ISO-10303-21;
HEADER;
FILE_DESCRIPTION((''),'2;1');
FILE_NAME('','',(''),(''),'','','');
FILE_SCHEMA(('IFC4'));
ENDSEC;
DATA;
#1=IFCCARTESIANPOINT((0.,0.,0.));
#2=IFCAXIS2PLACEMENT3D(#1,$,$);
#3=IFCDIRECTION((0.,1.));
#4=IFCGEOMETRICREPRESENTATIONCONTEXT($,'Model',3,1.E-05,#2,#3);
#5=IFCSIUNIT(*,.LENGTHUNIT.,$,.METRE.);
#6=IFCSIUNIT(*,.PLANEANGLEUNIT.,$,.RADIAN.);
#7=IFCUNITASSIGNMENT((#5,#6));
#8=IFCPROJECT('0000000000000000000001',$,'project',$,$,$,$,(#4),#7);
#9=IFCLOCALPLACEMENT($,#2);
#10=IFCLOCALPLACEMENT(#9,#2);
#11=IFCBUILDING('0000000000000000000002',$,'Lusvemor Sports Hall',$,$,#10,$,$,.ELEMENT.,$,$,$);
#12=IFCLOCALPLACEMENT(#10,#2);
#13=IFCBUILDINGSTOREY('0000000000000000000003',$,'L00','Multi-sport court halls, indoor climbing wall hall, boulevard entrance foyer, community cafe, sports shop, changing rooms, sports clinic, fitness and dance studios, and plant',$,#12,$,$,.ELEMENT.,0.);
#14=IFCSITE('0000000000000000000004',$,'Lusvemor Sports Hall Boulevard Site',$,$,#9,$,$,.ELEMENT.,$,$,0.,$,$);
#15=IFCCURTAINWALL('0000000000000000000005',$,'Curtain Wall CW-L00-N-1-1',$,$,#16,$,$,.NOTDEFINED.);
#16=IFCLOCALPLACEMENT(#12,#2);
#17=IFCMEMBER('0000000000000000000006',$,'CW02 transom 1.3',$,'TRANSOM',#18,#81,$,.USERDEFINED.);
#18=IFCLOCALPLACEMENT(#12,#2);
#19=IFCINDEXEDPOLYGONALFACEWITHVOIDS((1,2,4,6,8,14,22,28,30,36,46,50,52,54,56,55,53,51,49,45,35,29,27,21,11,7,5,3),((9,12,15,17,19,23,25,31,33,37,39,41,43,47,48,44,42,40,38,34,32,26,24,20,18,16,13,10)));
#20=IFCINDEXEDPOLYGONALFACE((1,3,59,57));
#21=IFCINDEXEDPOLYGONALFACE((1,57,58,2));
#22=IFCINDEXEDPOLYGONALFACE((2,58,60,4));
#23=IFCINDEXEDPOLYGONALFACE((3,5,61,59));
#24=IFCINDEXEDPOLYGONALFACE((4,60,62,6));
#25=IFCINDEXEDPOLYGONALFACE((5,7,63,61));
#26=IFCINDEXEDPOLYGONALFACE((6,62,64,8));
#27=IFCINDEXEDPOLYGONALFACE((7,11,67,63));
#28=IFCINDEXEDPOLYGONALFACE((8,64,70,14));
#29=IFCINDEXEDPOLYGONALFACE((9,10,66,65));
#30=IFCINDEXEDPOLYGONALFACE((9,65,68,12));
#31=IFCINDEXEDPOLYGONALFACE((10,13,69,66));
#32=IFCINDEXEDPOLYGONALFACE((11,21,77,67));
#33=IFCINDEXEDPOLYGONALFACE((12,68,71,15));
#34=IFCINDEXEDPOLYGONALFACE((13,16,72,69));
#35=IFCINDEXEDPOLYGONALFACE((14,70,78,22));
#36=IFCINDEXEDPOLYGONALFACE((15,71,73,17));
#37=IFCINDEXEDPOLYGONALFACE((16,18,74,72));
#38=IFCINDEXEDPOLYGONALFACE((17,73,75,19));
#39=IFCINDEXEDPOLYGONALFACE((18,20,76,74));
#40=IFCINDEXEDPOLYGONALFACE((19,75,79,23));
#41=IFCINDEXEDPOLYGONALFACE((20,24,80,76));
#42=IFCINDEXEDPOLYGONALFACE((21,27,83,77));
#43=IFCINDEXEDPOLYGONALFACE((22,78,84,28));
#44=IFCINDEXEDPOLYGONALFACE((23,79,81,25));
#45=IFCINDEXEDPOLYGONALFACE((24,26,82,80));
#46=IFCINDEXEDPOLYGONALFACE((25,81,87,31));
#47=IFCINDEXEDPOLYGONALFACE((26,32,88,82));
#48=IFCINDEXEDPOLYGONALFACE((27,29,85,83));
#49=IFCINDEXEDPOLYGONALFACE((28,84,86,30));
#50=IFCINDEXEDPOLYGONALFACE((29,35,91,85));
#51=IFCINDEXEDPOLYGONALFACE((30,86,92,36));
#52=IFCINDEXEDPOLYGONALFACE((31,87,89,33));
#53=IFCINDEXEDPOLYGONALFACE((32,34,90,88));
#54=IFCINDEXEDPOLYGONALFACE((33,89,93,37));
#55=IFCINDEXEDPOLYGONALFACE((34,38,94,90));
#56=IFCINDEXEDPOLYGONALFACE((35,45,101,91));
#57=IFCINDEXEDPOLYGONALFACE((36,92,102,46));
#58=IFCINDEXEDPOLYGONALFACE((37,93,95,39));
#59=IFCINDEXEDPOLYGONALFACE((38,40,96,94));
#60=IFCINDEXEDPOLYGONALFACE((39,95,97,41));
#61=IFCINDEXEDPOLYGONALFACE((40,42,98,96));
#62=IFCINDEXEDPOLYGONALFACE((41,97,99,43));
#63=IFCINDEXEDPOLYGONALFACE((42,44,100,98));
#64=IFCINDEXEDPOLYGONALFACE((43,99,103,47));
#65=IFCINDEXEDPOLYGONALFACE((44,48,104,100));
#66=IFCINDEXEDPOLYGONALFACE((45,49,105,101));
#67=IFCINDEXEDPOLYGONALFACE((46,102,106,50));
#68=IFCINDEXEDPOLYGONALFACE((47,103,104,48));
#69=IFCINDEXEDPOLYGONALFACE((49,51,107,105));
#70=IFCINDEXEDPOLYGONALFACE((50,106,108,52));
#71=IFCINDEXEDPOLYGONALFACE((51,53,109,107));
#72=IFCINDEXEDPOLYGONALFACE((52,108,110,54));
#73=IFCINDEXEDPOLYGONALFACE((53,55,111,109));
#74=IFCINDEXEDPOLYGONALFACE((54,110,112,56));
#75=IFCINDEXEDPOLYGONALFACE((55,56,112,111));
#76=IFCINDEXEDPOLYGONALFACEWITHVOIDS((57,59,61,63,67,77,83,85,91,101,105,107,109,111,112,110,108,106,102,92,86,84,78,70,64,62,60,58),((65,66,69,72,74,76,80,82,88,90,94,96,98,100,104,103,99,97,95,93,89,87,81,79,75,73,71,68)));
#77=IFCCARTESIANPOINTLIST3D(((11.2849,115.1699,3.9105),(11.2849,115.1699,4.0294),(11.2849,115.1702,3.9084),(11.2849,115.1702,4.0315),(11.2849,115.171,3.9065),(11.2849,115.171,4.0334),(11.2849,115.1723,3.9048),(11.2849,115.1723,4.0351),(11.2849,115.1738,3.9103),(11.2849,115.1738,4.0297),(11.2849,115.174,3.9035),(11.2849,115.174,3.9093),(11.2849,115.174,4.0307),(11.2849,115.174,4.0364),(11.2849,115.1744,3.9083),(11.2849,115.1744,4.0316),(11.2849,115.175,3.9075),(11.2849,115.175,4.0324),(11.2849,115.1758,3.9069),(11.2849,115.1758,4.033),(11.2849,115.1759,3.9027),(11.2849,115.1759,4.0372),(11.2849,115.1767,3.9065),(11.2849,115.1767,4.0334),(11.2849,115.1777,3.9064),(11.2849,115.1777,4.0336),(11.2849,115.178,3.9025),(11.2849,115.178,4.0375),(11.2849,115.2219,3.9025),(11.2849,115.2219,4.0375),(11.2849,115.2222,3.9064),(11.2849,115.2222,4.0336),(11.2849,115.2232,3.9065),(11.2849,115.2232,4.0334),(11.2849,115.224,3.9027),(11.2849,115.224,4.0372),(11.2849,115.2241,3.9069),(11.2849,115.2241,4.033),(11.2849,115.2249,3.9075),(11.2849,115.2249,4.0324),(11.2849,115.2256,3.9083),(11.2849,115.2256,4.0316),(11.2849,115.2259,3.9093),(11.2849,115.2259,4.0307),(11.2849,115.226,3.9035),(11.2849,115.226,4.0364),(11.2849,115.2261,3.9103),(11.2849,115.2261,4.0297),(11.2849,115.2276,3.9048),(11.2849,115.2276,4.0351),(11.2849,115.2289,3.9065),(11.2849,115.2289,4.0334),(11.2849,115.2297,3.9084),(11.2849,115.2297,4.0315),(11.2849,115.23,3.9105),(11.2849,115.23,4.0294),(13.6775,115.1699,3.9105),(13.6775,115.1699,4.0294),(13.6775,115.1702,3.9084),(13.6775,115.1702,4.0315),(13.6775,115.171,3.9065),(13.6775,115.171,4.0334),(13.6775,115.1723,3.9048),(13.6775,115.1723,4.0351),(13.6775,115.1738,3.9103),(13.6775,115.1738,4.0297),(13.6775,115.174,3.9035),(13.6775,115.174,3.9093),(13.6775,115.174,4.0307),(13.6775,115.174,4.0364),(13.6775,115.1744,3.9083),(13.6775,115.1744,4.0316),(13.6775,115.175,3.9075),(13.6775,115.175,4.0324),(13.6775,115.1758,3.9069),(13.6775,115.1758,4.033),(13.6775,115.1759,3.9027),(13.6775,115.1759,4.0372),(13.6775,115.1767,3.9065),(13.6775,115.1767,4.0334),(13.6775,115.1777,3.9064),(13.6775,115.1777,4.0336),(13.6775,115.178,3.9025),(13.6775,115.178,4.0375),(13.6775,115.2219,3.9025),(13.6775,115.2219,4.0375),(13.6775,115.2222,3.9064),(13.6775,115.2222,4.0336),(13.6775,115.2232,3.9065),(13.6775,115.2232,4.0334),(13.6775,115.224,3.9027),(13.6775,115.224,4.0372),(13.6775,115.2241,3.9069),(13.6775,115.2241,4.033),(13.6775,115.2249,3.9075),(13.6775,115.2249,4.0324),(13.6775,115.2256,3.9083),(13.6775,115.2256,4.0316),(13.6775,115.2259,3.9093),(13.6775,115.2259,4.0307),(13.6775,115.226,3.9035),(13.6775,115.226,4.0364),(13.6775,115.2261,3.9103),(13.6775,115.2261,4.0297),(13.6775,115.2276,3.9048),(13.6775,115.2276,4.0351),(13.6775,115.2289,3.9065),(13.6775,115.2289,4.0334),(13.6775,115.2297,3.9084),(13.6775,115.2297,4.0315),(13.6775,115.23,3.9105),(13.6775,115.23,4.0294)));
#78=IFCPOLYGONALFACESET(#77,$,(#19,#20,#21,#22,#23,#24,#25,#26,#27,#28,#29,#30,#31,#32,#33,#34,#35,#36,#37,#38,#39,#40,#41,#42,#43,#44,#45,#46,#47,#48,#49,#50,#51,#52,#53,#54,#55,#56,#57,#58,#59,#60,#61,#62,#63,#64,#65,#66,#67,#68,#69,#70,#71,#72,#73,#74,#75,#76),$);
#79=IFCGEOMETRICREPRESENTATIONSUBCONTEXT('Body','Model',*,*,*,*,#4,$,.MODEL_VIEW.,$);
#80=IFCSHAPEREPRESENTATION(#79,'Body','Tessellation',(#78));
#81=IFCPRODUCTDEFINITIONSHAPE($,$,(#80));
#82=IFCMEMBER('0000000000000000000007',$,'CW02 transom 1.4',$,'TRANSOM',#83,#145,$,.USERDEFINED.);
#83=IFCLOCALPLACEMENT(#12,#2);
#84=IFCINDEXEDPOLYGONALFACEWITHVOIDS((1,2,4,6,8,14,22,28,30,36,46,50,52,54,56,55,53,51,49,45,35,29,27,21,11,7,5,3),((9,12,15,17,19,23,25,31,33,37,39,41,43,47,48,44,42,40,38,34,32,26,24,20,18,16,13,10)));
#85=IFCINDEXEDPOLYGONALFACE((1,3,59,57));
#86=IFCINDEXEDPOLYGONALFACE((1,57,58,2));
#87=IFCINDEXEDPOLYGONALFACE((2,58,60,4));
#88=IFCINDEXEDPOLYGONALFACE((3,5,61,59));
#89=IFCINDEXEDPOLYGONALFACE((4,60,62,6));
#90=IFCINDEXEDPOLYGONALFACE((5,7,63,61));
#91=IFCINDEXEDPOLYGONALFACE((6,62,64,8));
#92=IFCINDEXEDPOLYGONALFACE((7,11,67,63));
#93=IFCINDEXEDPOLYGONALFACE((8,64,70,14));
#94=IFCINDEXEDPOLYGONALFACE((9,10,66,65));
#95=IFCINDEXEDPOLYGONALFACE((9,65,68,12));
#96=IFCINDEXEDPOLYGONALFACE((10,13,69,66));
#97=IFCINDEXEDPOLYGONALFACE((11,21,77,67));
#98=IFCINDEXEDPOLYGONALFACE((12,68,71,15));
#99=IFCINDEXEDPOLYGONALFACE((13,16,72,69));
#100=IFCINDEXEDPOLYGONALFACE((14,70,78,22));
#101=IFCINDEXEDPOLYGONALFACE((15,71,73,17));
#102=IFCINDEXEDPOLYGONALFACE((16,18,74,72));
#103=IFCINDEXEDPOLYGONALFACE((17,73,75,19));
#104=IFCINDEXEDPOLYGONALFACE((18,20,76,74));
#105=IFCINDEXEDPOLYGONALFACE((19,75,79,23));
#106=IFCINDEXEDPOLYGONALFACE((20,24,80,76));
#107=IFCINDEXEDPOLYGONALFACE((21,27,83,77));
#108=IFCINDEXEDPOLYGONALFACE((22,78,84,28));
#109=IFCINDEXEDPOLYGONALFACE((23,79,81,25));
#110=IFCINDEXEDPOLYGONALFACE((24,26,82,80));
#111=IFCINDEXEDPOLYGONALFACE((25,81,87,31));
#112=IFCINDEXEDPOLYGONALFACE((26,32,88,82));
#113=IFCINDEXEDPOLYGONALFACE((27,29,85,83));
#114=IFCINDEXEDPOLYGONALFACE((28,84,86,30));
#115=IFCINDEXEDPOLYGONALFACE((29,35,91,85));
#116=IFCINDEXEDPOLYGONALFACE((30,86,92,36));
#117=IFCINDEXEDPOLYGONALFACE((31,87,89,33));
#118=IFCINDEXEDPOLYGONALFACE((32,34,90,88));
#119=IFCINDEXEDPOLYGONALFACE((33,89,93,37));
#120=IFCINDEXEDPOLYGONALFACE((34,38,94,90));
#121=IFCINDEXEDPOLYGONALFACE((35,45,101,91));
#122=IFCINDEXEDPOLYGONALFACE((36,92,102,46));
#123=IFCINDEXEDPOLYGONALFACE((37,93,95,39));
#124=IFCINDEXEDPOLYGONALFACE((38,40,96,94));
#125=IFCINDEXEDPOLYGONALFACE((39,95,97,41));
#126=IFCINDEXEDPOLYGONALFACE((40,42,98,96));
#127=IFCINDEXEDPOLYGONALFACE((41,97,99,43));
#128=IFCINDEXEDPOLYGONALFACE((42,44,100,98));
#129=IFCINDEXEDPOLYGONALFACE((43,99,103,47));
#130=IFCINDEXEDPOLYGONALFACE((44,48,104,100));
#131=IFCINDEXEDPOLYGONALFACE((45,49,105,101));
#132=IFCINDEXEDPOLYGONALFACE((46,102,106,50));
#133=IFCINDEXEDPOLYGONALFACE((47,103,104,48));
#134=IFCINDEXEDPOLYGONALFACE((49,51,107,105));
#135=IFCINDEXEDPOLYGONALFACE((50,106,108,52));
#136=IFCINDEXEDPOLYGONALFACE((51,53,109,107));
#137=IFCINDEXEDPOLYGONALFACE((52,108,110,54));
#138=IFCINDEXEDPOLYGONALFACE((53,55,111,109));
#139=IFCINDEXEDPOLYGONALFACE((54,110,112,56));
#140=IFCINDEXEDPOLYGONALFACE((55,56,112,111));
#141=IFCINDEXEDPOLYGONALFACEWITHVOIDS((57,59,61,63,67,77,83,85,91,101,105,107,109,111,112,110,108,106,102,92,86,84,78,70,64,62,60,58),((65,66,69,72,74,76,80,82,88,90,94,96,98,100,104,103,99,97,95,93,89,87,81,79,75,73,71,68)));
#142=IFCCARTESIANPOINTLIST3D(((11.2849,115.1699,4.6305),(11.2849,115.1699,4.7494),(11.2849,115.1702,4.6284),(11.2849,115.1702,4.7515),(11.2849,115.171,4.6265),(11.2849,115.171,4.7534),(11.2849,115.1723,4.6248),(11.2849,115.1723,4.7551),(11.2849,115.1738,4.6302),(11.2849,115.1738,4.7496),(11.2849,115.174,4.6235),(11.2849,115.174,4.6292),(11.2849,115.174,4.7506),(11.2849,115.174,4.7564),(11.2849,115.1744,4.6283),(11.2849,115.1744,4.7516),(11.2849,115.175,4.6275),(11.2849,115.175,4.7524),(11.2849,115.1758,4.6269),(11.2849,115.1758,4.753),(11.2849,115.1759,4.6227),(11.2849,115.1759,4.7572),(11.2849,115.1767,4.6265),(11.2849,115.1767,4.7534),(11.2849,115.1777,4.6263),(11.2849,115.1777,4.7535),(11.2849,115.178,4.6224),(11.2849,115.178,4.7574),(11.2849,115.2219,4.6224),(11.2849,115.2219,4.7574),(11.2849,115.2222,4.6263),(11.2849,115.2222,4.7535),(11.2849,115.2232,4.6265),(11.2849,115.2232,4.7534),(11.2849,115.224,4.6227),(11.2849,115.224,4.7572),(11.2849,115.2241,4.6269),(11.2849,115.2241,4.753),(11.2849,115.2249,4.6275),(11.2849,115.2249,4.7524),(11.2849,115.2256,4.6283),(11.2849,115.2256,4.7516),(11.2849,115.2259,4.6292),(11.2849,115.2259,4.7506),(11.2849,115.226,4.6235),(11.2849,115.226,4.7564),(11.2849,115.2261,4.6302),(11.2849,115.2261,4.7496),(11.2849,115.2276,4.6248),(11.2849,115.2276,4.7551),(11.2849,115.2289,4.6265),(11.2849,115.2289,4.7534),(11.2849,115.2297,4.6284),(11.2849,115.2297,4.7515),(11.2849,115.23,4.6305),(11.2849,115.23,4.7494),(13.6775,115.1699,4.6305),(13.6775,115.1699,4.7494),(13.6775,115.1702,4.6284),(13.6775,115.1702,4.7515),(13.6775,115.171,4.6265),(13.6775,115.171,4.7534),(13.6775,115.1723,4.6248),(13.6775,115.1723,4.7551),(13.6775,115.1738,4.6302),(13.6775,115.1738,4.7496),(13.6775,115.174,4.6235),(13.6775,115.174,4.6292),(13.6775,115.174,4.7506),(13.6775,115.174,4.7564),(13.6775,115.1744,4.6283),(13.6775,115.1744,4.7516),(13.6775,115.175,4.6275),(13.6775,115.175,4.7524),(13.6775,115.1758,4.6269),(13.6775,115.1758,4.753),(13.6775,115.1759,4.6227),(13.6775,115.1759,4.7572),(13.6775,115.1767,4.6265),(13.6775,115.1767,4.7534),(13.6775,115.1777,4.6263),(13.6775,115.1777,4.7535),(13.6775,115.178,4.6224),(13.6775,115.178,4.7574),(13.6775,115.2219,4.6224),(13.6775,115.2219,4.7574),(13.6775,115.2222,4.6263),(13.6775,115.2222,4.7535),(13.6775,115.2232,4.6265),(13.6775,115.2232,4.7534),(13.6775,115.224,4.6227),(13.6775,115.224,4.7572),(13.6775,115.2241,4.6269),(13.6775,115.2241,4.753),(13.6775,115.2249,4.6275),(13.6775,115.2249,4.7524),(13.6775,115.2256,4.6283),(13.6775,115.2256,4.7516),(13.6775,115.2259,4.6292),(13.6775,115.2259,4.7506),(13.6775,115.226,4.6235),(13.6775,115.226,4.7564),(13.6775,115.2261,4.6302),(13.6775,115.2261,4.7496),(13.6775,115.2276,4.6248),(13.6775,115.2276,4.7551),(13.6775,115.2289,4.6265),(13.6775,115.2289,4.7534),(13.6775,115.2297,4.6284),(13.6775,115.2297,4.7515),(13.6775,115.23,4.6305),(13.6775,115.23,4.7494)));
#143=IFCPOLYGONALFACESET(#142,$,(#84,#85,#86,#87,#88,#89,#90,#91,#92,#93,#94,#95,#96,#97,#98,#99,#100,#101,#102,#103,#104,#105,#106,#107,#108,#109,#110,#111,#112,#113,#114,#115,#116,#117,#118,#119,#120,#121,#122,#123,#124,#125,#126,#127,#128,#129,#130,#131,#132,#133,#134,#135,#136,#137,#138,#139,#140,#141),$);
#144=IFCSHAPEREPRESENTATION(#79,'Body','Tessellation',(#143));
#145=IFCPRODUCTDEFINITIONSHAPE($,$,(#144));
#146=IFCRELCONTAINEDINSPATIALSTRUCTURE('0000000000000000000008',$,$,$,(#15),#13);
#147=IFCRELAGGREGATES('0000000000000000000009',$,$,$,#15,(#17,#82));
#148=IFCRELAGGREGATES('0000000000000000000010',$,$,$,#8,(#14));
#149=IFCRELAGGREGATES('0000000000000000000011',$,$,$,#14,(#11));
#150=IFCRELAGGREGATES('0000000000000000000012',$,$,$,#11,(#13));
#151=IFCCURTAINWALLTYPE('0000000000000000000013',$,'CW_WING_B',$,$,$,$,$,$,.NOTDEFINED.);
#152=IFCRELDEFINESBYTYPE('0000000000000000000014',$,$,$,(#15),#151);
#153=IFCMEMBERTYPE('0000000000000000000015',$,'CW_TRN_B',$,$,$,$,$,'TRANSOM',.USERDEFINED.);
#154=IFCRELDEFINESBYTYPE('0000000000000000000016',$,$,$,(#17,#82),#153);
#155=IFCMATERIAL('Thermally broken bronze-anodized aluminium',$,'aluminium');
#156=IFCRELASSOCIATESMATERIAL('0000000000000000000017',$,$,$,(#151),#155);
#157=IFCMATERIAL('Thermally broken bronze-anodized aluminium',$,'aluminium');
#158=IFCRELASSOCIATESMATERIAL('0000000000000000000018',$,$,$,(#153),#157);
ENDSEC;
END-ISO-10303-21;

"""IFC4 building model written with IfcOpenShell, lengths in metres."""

from ifc_helpers import new_model, si_unit, direction, frame, origin, origin_2d, place, context, subcontext, project, spatial, hollow_rectangle, extrude, material, material_profile, profile_set, type_object, element, aggregate, save


model = new_model("IFC4")

# Units and contexts
model_context = context("Model", 3, precision=1e-05, world=origin(), true_north=direction((0.0, 1.0)))
body_context = subcontext(model_context, "Body", "Model", "MODEL_VIEW")
ifc_project = project(units=[si_unit("LENGTHUNIT", "METRE"), si_unit("PLANEANGLEUNIT", "RADIAN")], contexts=[model_context])

# Site, building, storey
site_placement = place(None, origin())
site = spatial("IfcSite", under=ifc_project, at=site_placement, Name="Lusvemor Sports Hall Boulevard Site", CompositionType="ELEMENT", RefElevation=0.0)
building_placement = place(site_placement, origin())
building = spatial("IfcBuilding", under=site, at=building_placement, Name="Lusvemor Sports Hall", CompositionType="ELEMENT")
storey_placement = place(building_placement, origin())
storey = spatial("IfcBuildingStorey", under=building, at=storey_placement, Name="L00", Description="Multi-sport court halls, indoor climbing wall hall, boulevard entrance foyer, community cafe, sports shop, changing rooms, sports clinic, fitness and dance studios, and plant", CompositionType="ELEMENT", Elevation=0.0)

# Curtain wall, members
ifc_material_1 = material(Name="Thermally broken bronze-anodized aluminium", Category="aluminium")
curtain_wall_type = type_object("IfcCurtainWallType", Name="CW_WING_B", PredefinedType="NOTDEFINED", material=ifc_material_1)
curtain_wall_placement = place(storey_placement, origin())
curtain_wall = element("IfcCurtainWall", 1, at=curtain_wall_placement, inside=storey, type_object=curtain_wall_type, Name="Curtain Wall CW-L00-N-1-1", PredefinedType="NOTDEFINED")
ifc_material_2 = material(Name="Thermally broken bronze-anodized aluminium", Category="aluminium")
ifc_material_profile_1 = material_profile(ifc_material_2, hollow_rectangle(XDim=0.0601, YDim=0.135, WallThickness=0.0039, InnerFilletRadius=0.0039, OuterFilletRadius=0.0081, at=origin_2d()), Name="CWTRN135x60x4")
ifc_profile_set_1 = profile_set([ifc_material_profile_1], Name="Thermally broken bronze-anodized aluminium")
member_type_1 = type_object("IfcMemberType", Name="CW_TRN_B", ElementType="TRANSOM", PredefinedType="USERDEFINED", material=ifc_profile_set_1)
member_1_placement = place(storey_placement, frame((11.2849, 115.2, 3.97), z_axis=(1.0, 0.0, 0.0), x_axis=(0.0, 1.0, 0.0)))
member_1 = element("IfcMember", 2, at=member_1_placement, type_object=member_type_1, Name="CW02 transom 1.3", ObjectType="TRANSOM", PredefinedType="USERDEFINED", context=body_context, shape_type="SweptSolid", body=[
    extrude(hollow_rectangle(XDim=0.0601, YDim=0.135, WallThickness=0.0039, InnerFilletRadius=0.0039, OuterFilletRadius=0.0081, at=origin_2d()), origin(), (0.0, 0.0, 1.0), 2.3926),
])
member_2_placement = place(storey_placement, frame((11.2849, 115.2, 4.6899), z_axis=(1.0, 0.0, 0.0), x_axis=(0.0, 1.0, 0.0)))
member_2 = element("IfcMember", 3, at=member_2_placement, type_object=member_type_1, Name="CW02 transom 1.4", ObjectType="TRANSOM", PredefinedType="USERDEFINED", context=body_context, shape_type="SweptSolid", body=[
    extrude(hollow_rectangle(XDim=0.0601, YDim=0.135, WallThickness=0.0039, InnerFilletRadius=0.0039, OuterFilletRadius=0.0081, at=origin_2d()), origin(), (0.0, 0.0, 1.0), 2.3926),
])
aggregate(curtain_wall, [member_1, member_2])

save(model, "model.ifc")
